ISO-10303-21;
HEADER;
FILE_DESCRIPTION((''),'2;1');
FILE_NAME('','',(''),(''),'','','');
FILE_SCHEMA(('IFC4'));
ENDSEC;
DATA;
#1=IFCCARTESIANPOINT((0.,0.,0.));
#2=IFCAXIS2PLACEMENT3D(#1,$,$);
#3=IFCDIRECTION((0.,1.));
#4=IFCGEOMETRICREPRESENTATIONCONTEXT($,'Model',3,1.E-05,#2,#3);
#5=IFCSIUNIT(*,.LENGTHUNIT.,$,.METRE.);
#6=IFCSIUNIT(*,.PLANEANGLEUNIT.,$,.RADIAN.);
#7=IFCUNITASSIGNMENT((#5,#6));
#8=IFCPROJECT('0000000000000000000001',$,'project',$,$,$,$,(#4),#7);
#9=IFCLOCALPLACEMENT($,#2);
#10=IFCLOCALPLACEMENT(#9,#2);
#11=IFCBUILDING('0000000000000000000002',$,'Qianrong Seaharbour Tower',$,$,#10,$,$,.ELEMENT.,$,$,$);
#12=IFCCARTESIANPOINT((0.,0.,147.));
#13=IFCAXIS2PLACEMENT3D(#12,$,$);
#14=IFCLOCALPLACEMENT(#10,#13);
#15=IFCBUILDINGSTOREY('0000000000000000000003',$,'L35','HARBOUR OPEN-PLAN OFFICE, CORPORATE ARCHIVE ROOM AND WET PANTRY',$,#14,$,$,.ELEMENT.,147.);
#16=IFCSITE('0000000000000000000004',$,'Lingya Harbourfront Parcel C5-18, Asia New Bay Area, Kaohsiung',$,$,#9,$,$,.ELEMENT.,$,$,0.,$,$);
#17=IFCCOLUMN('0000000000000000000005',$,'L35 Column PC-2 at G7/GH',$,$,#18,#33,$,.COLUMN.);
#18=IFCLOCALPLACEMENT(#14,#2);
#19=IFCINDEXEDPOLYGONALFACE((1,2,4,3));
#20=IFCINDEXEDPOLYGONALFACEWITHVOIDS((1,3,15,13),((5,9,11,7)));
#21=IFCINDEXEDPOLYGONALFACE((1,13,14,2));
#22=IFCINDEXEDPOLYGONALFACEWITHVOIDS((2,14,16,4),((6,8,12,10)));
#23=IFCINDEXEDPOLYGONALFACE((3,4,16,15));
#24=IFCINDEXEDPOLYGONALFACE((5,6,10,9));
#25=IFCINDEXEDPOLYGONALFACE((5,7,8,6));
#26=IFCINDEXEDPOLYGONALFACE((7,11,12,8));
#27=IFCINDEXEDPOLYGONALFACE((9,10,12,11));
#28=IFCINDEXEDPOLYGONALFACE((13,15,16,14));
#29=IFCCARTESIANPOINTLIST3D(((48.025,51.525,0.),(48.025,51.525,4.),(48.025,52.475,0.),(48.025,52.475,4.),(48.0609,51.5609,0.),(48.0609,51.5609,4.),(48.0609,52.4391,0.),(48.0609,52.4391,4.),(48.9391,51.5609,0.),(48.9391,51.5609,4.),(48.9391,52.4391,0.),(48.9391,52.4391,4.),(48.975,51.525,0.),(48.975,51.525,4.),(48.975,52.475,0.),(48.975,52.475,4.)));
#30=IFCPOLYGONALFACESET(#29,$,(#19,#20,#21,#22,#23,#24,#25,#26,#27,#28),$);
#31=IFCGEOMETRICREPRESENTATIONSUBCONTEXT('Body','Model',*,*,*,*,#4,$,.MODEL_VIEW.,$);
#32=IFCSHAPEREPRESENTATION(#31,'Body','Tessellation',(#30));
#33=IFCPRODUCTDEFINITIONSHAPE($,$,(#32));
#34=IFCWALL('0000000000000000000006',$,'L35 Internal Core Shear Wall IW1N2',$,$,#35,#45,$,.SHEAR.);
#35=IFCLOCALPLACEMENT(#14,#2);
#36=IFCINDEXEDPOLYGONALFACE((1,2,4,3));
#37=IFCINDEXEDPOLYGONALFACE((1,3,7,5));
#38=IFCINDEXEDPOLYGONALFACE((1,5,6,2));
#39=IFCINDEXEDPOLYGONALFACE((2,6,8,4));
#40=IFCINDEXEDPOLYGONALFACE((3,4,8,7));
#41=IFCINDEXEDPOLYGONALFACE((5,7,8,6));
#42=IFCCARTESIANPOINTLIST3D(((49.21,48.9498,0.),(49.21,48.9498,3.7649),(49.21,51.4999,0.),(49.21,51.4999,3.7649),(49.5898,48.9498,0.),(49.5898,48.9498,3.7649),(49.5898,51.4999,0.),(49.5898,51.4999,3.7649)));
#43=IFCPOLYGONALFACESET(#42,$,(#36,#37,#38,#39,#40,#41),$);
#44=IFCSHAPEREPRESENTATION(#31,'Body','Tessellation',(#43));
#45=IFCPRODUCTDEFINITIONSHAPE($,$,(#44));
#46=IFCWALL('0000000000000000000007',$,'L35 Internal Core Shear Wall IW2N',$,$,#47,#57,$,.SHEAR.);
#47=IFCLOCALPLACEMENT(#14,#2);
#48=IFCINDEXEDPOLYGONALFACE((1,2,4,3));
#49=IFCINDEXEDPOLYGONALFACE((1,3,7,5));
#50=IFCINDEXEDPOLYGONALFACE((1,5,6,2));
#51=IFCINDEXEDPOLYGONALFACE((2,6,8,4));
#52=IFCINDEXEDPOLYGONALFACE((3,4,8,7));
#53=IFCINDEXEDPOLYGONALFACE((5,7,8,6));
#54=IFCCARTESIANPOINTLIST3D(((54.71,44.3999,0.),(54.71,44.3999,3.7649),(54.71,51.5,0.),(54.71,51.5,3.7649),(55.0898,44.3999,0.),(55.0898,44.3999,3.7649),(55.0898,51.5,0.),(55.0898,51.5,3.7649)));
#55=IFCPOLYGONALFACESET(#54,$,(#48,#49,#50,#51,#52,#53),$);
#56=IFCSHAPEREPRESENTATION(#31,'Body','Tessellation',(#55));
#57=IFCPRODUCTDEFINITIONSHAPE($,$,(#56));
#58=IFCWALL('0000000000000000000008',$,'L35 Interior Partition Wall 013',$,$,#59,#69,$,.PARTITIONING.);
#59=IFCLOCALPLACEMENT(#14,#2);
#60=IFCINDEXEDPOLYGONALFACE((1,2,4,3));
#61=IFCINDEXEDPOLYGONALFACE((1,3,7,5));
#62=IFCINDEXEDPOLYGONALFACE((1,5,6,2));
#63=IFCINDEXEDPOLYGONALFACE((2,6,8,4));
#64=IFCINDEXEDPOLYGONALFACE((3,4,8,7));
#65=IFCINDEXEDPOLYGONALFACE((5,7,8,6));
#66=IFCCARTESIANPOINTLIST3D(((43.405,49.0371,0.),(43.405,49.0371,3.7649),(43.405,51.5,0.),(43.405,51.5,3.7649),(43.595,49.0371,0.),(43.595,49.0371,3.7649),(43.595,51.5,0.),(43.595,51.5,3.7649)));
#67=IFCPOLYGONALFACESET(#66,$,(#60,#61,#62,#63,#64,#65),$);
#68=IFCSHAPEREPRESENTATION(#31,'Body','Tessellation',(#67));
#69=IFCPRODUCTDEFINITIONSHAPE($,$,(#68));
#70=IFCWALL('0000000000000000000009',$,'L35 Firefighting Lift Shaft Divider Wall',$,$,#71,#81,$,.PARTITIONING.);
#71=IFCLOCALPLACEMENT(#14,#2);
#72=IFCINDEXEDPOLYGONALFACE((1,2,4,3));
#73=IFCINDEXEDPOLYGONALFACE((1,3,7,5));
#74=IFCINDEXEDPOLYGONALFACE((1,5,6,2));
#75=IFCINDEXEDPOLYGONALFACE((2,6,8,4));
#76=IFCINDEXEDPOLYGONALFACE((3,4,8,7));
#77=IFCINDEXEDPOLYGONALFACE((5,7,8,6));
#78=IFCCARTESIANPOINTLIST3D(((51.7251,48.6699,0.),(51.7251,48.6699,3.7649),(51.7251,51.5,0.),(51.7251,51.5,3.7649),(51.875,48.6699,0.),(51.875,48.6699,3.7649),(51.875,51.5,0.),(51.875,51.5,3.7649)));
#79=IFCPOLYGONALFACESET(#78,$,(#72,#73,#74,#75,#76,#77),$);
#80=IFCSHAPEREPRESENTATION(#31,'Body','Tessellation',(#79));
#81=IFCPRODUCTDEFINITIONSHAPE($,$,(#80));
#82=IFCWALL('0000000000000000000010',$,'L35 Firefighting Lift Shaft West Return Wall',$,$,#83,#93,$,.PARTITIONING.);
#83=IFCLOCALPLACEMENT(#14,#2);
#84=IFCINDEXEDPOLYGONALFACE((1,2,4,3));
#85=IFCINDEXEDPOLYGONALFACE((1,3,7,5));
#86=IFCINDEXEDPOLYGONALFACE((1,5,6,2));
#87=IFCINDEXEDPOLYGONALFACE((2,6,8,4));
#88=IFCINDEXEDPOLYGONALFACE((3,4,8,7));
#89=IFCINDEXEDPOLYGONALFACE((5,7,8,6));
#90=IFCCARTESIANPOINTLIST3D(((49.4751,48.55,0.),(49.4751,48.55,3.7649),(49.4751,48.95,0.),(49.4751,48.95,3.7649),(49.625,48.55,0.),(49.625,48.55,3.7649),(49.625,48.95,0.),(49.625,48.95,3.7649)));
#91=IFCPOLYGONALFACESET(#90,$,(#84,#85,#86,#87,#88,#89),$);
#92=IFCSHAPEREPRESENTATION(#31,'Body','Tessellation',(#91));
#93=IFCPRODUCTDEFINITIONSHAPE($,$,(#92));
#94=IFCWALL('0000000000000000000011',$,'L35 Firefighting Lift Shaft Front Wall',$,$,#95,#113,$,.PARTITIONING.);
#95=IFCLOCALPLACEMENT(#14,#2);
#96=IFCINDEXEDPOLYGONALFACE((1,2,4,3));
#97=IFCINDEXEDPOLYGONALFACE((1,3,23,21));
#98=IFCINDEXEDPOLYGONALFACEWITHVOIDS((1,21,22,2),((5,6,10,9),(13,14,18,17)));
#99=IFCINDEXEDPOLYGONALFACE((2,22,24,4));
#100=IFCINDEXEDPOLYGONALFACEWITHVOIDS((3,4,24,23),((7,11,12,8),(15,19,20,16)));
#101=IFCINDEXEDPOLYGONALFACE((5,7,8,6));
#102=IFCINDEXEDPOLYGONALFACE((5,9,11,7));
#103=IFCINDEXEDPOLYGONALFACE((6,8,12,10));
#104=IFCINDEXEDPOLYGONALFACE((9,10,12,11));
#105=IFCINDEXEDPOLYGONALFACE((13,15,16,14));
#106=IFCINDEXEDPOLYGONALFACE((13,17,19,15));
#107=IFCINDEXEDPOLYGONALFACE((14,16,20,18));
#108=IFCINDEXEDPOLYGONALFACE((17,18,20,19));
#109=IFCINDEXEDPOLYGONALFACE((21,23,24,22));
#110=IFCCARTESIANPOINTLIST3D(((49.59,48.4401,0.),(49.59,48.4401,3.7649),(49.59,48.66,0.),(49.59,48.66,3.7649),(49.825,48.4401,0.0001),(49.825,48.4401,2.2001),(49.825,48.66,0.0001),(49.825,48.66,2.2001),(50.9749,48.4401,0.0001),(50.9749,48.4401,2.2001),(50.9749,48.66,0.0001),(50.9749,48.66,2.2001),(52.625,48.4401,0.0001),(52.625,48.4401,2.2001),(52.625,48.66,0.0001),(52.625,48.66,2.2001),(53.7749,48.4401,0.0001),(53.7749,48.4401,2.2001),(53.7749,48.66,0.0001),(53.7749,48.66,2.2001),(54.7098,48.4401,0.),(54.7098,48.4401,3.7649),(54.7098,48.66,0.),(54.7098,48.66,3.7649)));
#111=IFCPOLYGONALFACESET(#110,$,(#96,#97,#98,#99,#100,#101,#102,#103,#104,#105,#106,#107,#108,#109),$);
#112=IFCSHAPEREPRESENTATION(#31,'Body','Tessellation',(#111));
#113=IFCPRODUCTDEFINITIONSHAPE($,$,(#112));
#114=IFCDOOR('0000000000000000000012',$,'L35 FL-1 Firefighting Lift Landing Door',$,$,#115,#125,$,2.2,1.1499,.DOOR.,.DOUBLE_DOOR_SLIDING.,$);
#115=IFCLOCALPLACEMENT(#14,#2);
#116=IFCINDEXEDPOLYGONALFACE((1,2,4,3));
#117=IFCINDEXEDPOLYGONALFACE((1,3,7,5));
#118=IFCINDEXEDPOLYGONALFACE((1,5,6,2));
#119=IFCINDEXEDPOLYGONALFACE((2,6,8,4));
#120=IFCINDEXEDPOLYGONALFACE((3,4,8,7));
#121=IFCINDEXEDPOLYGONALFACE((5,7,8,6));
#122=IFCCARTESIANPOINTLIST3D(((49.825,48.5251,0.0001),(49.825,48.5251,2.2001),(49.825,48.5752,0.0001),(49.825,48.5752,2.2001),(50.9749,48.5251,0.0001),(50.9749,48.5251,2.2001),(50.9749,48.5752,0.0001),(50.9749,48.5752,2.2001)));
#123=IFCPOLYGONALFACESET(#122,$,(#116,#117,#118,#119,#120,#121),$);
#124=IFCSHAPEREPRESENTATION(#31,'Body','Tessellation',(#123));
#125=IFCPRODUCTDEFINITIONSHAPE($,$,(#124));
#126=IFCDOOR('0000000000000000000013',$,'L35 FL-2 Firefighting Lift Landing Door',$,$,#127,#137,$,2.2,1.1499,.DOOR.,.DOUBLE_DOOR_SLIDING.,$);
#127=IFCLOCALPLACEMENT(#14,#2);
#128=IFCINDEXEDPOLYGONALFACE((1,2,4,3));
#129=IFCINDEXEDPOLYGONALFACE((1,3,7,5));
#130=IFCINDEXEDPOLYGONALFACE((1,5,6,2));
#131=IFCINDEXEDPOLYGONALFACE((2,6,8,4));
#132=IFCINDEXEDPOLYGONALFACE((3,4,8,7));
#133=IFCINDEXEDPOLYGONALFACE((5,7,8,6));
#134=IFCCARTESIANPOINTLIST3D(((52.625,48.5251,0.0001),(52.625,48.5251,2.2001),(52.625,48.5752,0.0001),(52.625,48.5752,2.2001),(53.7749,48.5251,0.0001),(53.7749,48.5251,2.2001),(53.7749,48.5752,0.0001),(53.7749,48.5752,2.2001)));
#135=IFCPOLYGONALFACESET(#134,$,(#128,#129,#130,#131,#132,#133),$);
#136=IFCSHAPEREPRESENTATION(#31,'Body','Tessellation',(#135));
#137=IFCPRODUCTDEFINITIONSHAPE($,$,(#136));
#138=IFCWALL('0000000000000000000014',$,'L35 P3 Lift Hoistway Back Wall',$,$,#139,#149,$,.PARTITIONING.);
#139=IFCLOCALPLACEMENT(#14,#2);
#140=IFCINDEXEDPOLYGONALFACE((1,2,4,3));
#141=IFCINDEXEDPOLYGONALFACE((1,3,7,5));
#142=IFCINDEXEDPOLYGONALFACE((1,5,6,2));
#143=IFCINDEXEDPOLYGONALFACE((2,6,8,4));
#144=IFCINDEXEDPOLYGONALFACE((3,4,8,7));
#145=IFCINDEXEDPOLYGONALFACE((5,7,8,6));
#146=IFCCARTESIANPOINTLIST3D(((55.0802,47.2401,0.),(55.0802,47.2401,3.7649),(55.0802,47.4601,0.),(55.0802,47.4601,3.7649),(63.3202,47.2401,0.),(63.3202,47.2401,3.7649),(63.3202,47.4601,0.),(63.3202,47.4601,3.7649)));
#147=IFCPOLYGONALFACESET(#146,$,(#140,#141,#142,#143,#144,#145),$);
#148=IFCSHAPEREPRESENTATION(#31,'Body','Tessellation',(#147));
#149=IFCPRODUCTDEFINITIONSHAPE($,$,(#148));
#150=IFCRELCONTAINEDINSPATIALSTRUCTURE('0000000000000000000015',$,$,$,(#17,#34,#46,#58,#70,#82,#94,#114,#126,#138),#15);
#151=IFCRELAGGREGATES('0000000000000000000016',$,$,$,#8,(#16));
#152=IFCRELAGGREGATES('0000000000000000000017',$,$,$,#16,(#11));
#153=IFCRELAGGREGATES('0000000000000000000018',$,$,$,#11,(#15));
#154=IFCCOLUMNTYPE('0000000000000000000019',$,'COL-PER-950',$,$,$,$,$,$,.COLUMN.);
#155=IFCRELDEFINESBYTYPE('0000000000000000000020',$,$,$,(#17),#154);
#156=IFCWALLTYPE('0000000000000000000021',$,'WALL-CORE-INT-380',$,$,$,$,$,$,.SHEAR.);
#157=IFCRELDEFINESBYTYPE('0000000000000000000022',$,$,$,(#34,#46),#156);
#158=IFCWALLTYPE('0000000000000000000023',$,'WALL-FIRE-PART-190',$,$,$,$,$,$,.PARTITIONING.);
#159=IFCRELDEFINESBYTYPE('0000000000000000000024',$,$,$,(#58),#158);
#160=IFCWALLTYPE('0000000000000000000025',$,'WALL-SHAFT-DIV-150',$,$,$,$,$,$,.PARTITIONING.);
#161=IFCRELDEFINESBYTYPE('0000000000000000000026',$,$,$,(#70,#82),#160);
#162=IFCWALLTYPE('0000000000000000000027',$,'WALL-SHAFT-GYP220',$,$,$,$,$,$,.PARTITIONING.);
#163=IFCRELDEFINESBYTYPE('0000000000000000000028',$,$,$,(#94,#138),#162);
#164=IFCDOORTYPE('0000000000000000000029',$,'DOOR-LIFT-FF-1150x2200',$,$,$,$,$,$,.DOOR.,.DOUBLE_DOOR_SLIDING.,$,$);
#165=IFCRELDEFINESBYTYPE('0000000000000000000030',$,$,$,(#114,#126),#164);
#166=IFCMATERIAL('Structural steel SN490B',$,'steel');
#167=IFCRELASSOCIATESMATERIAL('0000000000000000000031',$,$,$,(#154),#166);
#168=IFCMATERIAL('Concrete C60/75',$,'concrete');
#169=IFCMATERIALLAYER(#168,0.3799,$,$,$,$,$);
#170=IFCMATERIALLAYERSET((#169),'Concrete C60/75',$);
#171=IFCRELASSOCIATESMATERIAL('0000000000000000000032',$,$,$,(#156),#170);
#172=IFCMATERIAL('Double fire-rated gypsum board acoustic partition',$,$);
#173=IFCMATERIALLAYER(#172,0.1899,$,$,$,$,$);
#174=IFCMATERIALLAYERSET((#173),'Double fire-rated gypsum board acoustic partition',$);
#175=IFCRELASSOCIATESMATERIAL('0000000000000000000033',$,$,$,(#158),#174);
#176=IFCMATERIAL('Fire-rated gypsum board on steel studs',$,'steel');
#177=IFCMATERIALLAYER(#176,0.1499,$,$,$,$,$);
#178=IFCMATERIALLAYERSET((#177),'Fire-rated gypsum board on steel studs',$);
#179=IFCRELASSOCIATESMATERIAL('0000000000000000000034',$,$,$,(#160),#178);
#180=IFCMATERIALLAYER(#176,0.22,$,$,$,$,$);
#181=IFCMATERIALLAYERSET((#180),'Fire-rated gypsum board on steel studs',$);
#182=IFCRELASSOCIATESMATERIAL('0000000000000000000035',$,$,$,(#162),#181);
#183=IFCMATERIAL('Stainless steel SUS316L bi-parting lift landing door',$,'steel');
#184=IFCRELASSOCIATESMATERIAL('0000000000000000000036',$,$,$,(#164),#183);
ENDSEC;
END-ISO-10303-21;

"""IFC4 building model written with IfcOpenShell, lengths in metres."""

from ifc_helpers import new_model, si_unit, direction, frame, frame_2d, origin, origin_2d, place, context, subcontext, project, spatial, rectangle, hollow_rectangle, extrude, material, layer, layer_set, material_profile, profile_set, type_object, element, fill, save


model = new_model("IFC4")

# Units and contexts
model_context = context("Model", 3, precision=1e-05, world=origin(), true_north=direction((0.0, 1.0)))
body_context = subcontext(model_context, "Body", "Model", "MODEL_VIEW")
ifc_project = project(units=[si_unit("LENGTHUNIT", "METRE"), si_unit("PLANEANGLEUNIT", "RADIAN")], contexts=[model_context])

# Site, building, storey
site_placement = place(None, origin())
site = spatial("IfcSite", under=ifc_project, at=site_placement, Name="Lingya Harbourfront Parcel C5-18, Asia New Bay Area, Kaohsiung", CompositionType="ELEMENT", RefElevation=0.0)
building_placement = place(site_placement, origin())
building = spatial("IfcBuilding", under=site, at=building_placement, Name="Qianrong Seaharbour Tower", CompositionType="ELEMENT")
storey_placement = place(building_placement, frame((0.0, 0.0, 147.0)))
storey = spatial("IfcBuildingStorey", under=building, at=storey_placement, Name="L35", Description="HARBOUR OPEN-PLAN OFFICE, CORPORATE ARCHIVE ROOM AND WET PANTRY", CompositionType="ELEMENT", Elevation=147.0)

# Column
ifc_material_1 = material(Name="Structural steel SN490B", Category="steel")
ifc_material_profile = material_profile(ifc_material_1, hollow_rectangle(XDim=0.95, YDim=0.95, WallThickness=0.0359, at=origin_2d()), Name="BOX950x950x36")
ifc_profile_set = profile_set([ifc_material_profile], Name="Structural steel SN490B")
column_type = type_object("IfcColumnType", Name="COL-PER-950", PredefinedType="COLUMN", material=ifc_profile_set)
column_placement = place(storey_placement, frame((48.5, 52.0, 0.0), z_axis=(0.0, 0.0, 1.0), x_axis=(1.0, 0.0, 0.0)))
element("IfcColumn", 1, at=column_placement, inside=storey, type_object=column_type, Name="L35 Column PC-2 at G7/GH", PredefinedType="COLUMN", context=body_context, shape_type="SweptSolid", body=[
    extrude(hollow_rectangle(XDim=0.95, YDim=0.95, WallThickness=0.0359, at=origin_2d()), origin(), (0.0, 0.0, 1.0), 4.0),
])

# Walls
ifc_material_2 = material(Name="Concrete C60/75", Category="concrete")
ifc_layer_1 = layer(ifc_material_2, 0.3799)
ifc_layer_set_1 = layer_set([ifc_layer_1], Name="Concrete C60/75")
wall_type_1 = type_object("IfcWallType", Name="WALL-CORE-INT-380", PredefinedType="SHEAR", material=ifc_layer_set_1)
wall_1_placement = place(storey_placement, frame((49.3999, 48.95, 0.0), z_axis=(0.0, 0.0, 1.0), x_axis=(0.0, 1.0, 0.0)))
element("IfcWall", 2, at=wall_1_placement, inside=storey, type_object=wall_type_1, Name="L35 Internal Core Shear Wall IW1N2", PredefinedType="SHEAR", context=body_context, shape_type="SweptSolid", body=[
    extrude(rectangle(XDim=2.55, YDim=0.3799, at=frame_2d((1.2749, 0.0))), origin(), (0.0, 0.0, 1.0), 3.7649),
])
wall_2_placement = place(storey_placement, frame((54.8999, 44.3999, 0.0), z_axis=(0.0, 0.0, 1.0), x_axis=(0.0, 1.0, 0.0)))
element("IfcWall", 3, at=wall_2_placement, inside=storey, type_object=wall_type_1, Name="L35 Internal Core Shear Wall IW2N", PredefinedType="SHEAR", context=body_context, shape_type="SweptSolid", body=[
    extrude(rectangle(XDim=7.1001, YDim=0.3799, at=frame_2d((3.55, 0.0))), origin(), (0.0, 0.0, 1.0), 3.7649),
])
ifc_material_3 = material(Name="Double fire-rated gypsum board acoustic partition")
ifc_layer_2 = layer(ifc_material_3, 0.1899)
ifc_layer_set_2 = layer_set([ifc_layer_2], Name="Double fire-rated gypsum board acoustic partition")
wall_type_2 = type_object("IfcWallType", Name="WALL-FIRE-PART-190", PredefinedType="PARTITIONING", material=ifc_layer_set_2)
wall_3_placement = place(storey_placement, frame((43.5, 51.5, 0.0), z_axis=(0.0, 0.0, 1.0), x_axis=(0.0, -1.0, 0.0)))
element("IfcWall", 4, at=wall_3_placement, inside=storey, type_object=wall_type_2, Name="L35 Interior Partition Wall 013", PredefinedType="PARTITIONING", context=body_context, shape_type="SweptSolid", body=[
    extrude(rectangle(XDim=2.4629, YDim=0.1899, at=frame_2d((1.2314, 0.0))), origin(), (0.0, 0.0, 1.0), 3.7649),
])
ifc_material_4 = material(Name="Fire-rated gypsum board on steel studs", Category="steel")
ifc_layer_3 = layer(ifc_material_4, 0.1499)
ifc_layer_set_3 = layer_set([ifc_layer_3], Name="Fire-rated gypsum board on steel studs")
wall_type_3 = type_object("IfcWallType", Name="WALL-SHAFT-DIV-150", PredefinedType="PARTITIONING", material=ifc_layer_set_3)
wall_4_placement = place(storey_placement, frame((51.8, 48.6699, 0.0), z_axis=(0.0, 0.0, 1.0), x_axis=(0.0, 1.0, 0.0)))
element("IfcWall", 5, at=wall_4_placement, inside=storey, type_object=wall_type_3, Name="L35 Firefighting Lift Shaft Divider Wall", PredefinedType="PARTITIONING", context=body_context, shape_type="SweptSolid", body=[
    extrude(rectangle(XDim=2.8301, YDim=0.1499, at=frame_2d((1.415, 0.0))), origin(), (0.0, 0.0, 1.0), 3.7649),
])
wall_5_placement = place(storey_placement, frame((49.55, 48.55, 0.0), z_axis=(0.0, 0.0, 1.0), x_axis=(0.0, 1.0, 0.0)))
element("IfcWall", 6, at=wall_5_placement, inside=storey, type_object=wall_type_3, Name="L35 Firefighting Lift Shaft West Return Wall", PredefinedType="PARTITIONING", context=body_context, shape_type="SweptSolid", body=[
    extrude(rectangle(XDim=0.3999, YDim=0.1499, at=frame_2d((0.2, 0.0))), origin(), (0.0, 0.0, 1.0), 3.7649),
])

# Wall, openings, doors
ifc_layer_4 = layer(ifc_material_4, 0.22)
ifc_layer_set_4 = layer_set([ifc_layer_4], Name="Fire-rated gypsum board on steel studs")
wall_type_4 = type_object("IfcWallType", Name="WALL-SHAFT-GYP220", PredefinedType="PARTITIONING", material=ifc_layer_set_4)
wall_6_placement = place(storey_placement, frame((54.71, 48.55, 0.0), z_axis=(0.0, 0.0, 1.0), x_axis=(-1.0, 0.0, 0.0)))
wall_6 = element("IfcWall", 7, at=wall_6_placement, inside=storey, type_object=wall_type_4, Name="L35 Firefighting Lift Shaft Front Wall", PredefinedType="PARTITIONING", context=body_context, shape_type="SweptSolid", body=[
    extrude(rectangle(XDim=5.1199, YDim=0.22, at=frame_2d((2.5601, 0.0))), origin(), (0.0, 0.0, 1.0), 3.7649),
])
opening_1_placement = place(wall_6_placement, frame((3.7351, 0.0, 0.0)))
opening_1 = element("IfcOpeningElement", 8, at=opening_1_placement, cuts=wall_6, PredefinedType="OPENING", context=body_context, shape_type="SweptSolid", body=[
    extrude(rectangle(XDim=1.1499, YDim=2.2, at=frame_2d((0.575, 1.1001))), frame((0.0, 0.1201, 0.0), z_axis=(0.0, -1.0, 0.0), x_axis=(1.0, 0.0, 0.0)), (0.0, 0.0, 1.0), 0.24),
])
opening_2_placement = place(wall_6_placement, frame((0.9351, 0.0, 0.0)))
opening_2 = element("IfcOpeningElement", 9, at=opening_2_placement, cuts=wall_6, PredefinedType="OPENING", context=body_context, shape_type="SweptSolid", body=[
    extrude(rectangle(XDim=1.1499, YDim=2.2, at=frame_2d((0.575, 1.1001))), frame((0.0, 0.1201, 0.0), z_axis=(0.0, -1.0, 0.0), x_axis=(1.0, 0.0, 0.0)), (0.0, 0.0, 1.0), 0.24),
])
ifc_material_5 = material(Name="Stainless steel SUS316L bi-parting lift landing door", Category="steel")
door_type_1 = type_object("IfcDoorType", Name="DOOR-LIFT-FF-1150x2200", OperationType="DOUBLE_DOOR_SLIDING", PredefinedType="DOOR", material=ifc_material_5)
door_1_placement = place(opening_1_placement, origin())
door_1 = element("IfcDoor", 10, at=door_1_placement, inside=storey, type_object=door_type_1, Name="L35 FL-1 Firefighting Lift Landing Door", OperationType="DOUBLE_DOOR_SLIDING", OverallHeight=2.2, OverallWidth=1.1499, PredefinedType="DOOR", context=body_context, shape_type="SweptSolid", body=[
    extrude(rectangle(XDim=1.1499, YDim=2.2, at=frame_2d((0.575, 1.1001))), frame((0.0, 0.0249, 0.0), z_axis=(0.0, -1.0, 0.0), x_axis=(1.0, 0.0, 0.0)), (0.0, 0.0, 1.0), 0.05),
])
fill(opening_1, door_1)
door_2_placement = place(opening_2_placement, origin())
door_2 = element("IfcDoor", 11, at=door_2_placement, inside=storey, type_object=door_type_1, Name="L35 FL-2 Firefighting Lift Landing Door", OperationType="DOUBLE_DOOR_SLIDING", OverallHeight=2.2, OverallWidth=1.1499, PredefinedType="DOOR", context=body_context, shape_type="SweptSolid", body=[
    extrude(rectangle(XDim=1.1499, YDim=2.2, at=frame_2d((0.575, 1.1001))), frame((0.0, 0.0249, 0.0), z_axis=(0.0, -1.0, 0.0), x_axis=(1.0, 0.0, 0.0)), (0.0, 0.0, 1.0), 0.05),
])
fill(opening_2, door_2)

# Wall
wall_7_placement = place(storey_placement, frame((55.0801, 47.3501, 0.0), z_axis=(0.0, 0.0, 1.0), x_axis=(1.0, 0.0, 0.0)))
element("IfcWall", 12, at=wall_7_placement, inside=storey, type_object=wall_type_4, Name="L35 P3 Lift Hoistway Back Wall", PredefinedType="PARTITIONING", context=body_context, shape_type="SweptSolid", body=[
    extrude(rectangle(XDim=8.24, YDim=0.22, at=frame_2d((4.1201, 0.0))), origin(), (0.0, 0.0, 1.0), 3.7649),
])

save(model, "model.ifc")
